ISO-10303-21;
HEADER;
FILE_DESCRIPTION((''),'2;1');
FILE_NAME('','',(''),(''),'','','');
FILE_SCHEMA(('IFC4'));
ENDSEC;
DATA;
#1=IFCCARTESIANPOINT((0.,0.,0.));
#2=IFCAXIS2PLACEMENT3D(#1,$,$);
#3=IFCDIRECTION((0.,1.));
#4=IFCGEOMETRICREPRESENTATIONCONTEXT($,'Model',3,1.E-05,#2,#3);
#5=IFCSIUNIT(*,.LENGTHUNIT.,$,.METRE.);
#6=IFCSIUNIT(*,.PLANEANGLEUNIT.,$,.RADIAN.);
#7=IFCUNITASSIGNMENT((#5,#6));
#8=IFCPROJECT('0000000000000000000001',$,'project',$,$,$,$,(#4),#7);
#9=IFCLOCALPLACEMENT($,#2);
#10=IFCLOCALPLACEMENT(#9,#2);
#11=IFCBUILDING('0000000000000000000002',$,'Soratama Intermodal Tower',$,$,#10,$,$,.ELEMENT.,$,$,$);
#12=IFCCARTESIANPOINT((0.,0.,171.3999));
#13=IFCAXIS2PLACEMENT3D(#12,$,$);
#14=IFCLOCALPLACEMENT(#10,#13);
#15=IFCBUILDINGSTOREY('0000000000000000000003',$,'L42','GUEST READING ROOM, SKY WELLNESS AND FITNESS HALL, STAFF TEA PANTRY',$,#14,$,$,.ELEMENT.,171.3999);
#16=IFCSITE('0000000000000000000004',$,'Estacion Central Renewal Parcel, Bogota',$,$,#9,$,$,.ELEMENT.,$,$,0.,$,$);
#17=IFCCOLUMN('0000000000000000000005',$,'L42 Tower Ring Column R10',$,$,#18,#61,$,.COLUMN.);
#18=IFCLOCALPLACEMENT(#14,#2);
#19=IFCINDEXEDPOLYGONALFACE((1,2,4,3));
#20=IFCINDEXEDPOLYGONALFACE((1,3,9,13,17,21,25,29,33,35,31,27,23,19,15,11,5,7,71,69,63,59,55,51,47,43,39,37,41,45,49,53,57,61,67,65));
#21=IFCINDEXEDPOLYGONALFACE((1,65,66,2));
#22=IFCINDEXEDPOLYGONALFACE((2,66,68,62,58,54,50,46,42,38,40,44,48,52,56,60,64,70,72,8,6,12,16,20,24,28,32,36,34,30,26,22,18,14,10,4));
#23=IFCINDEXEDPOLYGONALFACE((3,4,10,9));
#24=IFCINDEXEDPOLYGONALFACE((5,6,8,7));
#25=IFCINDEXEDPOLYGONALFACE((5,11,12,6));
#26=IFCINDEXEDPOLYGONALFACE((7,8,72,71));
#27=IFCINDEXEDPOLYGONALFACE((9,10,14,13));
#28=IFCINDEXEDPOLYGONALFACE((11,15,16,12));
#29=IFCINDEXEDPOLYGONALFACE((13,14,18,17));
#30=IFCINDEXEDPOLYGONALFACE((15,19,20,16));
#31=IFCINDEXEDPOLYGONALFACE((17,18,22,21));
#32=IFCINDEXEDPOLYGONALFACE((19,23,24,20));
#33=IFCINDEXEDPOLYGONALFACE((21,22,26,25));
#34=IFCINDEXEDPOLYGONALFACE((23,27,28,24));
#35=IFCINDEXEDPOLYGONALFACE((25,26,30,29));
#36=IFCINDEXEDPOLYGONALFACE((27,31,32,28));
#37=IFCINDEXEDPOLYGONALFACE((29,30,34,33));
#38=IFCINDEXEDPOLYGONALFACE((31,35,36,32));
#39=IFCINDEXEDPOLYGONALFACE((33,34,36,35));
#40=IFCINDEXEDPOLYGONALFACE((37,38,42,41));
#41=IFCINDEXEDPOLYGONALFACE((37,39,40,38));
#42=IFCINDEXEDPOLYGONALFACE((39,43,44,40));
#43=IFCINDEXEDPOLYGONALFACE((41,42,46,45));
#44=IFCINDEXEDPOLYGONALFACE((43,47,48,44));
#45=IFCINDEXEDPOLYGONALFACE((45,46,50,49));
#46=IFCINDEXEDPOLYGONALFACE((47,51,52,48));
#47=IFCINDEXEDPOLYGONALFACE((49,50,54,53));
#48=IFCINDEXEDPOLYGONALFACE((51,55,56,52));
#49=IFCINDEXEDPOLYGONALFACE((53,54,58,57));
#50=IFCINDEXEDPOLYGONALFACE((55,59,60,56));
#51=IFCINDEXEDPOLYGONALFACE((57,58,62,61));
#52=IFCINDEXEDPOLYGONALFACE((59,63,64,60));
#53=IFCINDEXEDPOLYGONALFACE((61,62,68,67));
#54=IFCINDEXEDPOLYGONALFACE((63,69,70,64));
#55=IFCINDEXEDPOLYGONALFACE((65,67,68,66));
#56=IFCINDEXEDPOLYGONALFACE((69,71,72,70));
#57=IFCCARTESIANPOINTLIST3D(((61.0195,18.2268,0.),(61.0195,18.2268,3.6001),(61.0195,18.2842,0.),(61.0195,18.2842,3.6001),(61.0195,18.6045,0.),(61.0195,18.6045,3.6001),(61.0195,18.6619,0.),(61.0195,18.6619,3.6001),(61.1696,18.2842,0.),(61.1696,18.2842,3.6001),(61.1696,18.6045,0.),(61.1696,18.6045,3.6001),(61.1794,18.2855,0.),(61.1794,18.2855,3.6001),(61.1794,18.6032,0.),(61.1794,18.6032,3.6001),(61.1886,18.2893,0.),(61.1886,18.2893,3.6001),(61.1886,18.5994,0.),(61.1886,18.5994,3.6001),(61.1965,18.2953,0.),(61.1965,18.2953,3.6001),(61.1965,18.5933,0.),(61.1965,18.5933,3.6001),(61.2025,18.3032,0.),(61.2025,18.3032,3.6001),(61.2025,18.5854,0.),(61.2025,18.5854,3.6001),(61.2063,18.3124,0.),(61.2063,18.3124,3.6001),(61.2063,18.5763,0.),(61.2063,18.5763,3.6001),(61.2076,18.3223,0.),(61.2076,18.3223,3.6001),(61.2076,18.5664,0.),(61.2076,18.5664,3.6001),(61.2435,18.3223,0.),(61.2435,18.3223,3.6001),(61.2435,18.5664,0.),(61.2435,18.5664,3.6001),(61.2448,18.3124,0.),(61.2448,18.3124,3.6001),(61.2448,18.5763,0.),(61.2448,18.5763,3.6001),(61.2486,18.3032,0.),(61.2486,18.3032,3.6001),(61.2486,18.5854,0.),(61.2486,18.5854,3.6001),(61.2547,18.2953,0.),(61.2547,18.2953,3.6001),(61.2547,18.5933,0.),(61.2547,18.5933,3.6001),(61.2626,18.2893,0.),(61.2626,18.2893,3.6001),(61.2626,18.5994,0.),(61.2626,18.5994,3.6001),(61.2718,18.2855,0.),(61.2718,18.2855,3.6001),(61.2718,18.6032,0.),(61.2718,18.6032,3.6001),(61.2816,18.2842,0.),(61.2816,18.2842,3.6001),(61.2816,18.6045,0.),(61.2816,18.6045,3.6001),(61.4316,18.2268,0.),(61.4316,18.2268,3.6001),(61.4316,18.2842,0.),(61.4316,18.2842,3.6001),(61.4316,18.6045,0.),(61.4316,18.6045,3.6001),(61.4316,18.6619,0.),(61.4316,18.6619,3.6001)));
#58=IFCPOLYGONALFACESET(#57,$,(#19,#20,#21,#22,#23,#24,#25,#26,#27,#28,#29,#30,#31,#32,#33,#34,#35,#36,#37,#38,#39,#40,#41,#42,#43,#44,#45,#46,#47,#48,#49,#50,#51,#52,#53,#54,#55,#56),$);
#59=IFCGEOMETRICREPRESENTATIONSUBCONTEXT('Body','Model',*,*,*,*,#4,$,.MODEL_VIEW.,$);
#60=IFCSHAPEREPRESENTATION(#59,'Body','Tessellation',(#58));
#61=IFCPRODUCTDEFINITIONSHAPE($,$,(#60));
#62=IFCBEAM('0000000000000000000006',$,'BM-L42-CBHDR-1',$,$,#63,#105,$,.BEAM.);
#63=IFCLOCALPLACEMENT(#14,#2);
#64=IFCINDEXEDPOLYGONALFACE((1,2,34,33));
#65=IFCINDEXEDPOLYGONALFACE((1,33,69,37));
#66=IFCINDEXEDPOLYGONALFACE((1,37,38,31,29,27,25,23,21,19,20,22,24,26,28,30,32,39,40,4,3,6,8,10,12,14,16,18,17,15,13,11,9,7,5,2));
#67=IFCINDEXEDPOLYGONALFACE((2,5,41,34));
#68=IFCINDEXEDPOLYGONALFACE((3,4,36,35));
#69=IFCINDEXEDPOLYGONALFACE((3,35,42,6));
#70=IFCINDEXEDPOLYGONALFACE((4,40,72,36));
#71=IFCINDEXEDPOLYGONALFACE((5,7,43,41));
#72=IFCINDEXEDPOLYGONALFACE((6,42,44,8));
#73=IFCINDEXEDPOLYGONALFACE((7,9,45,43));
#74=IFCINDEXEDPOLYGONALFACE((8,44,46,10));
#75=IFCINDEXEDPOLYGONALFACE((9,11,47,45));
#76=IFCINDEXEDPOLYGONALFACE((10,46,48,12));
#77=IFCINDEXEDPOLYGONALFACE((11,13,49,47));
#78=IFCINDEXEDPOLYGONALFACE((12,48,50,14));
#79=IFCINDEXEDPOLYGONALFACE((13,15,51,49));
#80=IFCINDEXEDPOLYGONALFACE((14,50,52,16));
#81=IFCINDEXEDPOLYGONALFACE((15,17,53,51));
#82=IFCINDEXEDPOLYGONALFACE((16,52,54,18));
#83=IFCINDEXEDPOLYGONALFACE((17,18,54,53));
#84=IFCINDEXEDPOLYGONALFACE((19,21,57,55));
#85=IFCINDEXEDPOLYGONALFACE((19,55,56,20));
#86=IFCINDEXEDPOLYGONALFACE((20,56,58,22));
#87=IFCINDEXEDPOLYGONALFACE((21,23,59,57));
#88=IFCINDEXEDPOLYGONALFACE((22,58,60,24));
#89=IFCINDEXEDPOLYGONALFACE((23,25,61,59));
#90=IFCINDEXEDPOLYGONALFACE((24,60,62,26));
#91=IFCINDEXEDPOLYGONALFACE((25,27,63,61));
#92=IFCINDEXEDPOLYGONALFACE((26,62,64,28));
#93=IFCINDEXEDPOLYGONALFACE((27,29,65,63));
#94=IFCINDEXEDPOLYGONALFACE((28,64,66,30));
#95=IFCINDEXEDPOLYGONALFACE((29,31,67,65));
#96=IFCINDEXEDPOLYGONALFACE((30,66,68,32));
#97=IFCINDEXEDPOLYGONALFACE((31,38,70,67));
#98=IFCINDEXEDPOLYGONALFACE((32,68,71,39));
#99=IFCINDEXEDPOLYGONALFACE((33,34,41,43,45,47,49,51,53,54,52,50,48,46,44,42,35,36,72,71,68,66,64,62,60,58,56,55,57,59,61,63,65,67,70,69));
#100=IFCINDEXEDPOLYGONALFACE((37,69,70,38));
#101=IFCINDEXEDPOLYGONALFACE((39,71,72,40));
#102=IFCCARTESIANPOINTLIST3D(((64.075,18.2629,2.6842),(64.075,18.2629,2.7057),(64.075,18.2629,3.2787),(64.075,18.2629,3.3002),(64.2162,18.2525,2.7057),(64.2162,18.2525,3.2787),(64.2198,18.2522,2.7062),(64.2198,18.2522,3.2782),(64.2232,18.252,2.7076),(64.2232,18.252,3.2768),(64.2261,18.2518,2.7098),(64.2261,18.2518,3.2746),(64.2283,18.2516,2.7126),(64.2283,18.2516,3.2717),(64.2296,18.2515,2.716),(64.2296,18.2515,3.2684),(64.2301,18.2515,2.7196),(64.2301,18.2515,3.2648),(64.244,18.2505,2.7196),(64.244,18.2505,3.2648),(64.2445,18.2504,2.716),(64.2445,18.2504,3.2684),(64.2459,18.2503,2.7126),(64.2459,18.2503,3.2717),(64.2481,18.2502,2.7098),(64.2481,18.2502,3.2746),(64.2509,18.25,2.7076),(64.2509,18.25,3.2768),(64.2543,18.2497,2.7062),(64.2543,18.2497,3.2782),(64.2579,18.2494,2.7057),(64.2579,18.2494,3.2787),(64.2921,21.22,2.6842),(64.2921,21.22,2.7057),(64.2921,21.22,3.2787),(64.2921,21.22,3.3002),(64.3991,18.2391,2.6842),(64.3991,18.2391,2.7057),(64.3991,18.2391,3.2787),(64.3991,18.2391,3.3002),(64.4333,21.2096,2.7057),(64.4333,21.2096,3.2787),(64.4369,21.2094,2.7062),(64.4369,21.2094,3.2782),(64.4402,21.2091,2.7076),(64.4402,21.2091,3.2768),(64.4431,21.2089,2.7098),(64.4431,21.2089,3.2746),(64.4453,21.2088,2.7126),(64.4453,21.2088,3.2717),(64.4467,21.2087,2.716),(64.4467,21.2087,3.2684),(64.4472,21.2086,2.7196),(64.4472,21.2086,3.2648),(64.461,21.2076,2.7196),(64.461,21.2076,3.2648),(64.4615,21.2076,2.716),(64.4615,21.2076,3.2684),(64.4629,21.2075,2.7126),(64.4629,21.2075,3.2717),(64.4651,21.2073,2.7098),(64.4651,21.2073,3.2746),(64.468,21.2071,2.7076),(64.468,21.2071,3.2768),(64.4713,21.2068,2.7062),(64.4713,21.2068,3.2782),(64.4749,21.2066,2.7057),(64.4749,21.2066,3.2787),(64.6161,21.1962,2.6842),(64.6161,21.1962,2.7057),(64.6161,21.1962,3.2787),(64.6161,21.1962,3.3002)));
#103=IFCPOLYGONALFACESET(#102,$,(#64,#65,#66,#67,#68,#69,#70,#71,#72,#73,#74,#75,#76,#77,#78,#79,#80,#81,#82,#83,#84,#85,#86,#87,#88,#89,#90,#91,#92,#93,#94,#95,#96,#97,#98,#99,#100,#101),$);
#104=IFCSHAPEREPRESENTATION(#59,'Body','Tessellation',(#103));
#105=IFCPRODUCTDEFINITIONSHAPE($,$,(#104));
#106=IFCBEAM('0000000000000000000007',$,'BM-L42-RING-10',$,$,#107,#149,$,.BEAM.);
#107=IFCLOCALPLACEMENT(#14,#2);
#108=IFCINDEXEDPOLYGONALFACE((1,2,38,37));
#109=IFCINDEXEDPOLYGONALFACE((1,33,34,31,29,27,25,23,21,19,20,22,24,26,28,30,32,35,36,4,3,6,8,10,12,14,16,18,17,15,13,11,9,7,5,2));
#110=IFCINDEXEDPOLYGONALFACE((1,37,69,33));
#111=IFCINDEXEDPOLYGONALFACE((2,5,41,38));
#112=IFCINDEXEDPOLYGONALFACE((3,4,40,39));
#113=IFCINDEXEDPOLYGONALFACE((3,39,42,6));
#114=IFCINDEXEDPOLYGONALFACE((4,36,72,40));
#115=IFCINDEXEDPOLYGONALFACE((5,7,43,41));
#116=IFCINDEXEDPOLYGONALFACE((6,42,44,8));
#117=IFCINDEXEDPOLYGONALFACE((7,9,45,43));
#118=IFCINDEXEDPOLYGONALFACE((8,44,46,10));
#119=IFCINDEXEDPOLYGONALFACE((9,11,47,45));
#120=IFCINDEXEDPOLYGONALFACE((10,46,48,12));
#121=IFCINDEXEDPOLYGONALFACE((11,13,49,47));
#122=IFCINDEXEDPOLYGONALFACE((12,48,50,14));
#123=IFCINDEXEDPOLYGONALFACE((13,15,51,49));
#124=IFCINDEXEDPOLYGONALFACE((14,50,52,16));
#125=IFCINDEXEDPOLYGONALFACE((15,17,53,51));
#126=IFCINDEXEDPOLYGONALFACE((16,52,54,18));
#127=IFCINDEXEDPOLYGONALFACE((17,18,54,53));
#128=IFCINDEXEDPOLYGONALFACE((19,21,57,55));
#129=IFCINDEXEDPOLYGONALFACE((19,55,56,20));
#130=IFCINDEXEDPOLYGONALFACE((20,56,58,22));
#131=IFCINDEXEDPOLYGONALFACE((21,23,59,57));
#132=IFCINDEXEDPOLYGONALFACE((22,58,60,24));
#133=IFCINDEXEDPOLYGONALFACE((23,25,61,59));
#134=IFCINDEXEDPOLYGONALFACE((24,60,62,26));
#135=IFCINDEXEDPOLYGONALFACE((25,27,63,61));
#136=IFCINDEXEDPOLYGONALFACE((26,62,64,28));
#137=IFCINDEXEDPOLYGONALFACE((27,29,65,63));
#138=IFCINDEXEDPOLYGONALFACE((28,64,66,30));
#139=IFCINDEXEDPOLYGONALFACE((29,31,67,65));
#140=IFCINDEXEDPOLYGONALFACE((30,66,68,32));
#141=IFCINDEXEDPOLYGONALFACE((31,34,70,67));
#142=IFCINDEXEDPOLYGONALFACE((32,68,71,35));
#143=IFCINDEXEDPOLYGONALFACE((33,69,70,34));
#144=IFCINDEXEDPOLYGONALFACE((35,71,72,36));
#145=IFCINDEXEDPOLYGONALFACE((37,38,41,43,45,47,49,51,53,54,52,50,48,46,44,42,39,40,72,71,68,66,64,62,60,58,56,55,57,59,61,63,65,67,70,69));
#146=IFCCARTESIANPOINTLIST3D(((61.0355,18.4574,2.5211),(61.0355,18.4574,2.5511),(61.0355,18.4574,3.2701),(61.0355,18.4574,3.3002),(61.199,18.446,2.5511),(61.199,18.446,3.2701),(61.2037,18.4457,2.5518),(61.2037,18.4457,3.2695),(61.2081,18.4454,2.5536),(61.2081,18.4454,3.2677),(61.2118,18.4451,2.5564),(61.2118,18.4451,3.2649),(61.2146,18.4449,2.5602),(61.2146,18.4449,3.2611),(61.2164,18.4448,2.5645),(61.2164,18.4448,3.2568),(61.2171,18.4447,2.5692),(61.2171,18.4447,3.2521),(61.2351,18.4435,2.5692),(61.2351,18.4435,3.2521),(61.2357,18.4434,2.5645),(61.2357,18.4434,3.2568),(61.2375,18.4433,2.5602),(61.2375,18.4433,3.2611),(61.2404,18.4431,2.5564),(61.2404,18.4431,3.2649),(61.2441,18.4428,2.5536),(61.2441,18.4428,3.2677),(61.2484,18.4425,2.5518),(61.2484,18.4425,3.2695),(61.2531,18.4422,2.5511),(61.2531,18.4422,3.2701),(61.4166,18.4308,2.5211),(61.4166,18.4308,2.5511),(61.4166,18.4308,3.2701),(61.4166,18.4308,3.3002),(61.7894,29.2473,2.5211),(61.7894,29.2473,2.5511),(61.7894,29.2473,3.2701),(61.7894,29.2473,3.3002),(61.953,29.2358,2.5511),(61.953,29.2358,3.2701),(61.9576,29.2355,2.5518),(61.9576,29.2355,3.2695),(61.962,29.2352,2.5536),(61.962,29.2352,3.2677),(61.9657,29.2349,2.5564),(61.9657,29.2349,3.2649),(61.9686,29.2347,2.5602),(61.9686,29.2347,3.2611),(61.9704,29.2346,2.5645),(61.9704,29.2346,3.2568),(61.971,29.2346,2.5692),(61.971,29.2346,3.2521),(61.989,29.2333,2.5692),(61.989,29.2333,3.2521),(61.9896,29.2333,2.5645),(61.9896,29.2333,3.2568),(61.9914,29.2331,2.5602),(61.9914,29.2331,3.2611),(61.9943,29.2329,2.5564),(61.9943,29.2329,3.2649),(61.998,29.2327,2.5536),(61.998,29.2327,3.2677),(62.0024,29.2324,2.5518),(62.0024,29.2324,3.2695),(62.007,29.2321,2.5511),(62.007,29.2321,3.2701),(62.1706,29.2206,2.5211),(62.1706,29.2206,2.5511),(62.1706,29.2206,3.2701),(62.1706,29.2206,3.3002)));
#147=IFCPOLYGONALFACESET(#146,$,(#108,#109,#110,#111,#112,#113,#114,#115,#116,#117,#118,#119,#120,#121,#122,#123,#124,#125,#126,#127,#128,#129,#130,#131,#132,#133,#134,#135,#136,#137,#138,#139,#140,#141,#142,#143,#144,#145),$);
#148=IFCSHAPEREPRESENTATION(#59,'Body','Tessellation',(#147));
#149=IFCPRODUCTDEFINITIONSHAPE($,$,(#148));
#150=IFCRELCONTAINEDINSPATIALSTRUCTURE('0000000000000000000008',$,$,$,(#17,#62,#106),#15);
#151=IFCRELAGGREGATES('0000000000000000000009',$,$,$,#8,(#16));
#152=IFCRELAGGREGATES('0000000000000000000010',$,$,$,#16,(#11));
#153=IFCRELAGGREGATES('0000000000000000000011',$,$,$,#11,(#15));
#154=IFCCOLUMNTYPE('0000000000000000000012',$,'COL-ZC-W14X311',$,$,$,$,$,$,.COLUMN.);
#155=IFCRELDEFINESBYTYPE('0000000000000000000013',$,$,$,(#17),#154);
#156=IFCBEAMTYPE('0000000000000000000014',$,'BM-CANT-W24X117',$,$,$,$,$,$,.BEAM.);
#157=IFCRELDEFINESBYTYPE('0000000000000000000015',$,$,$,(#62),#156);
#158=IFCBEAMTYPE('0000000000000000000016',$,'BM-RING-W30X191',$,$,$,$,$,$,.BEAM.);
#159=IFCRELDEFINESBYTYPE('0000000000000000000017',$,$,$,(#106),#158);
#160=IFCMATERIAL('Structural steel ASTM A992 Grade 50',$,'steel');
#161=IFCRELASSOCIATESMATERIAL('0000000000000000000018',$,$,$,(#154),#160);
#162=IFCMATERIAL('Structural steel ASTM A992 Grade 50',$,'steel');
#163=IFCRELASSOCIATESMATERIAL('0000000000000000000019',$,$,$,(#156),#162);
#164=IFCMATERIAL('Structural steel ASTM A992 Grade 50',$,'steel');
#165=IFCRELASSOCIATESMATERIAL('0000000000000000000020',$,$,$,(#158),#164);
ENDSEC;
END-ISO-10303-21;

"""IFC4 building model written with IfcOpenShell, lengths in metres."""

from ifc_helpers import new_model, si_unit, direction, frame, origin, origin_2d, place, context, subcontext, project, spatial, i_section, extrude, material, material_profile, profile_set, type_object, element, save


model = new_model("IFC4")

# Units and contexts
model_context = context("Model", 3, precision=1e-05, world=origin(), true_north=direction((0.0, 1.0)))
body_context = subcontext(model_context, "Body", "Model", "MODEL_VIEW")
ifc_project = project(units=[si_unit("LENGTHUNIT", "METRE"), si_unit("PLANEANGLEUNIT", "RADIAN")], contexts=[model_context])

# Site, building, storey
site_placement = place(None, origin())
site = spatial("IfcSite", under=ifc_project, at=site_placement, Name="Estacion Central Renewal Parcel, Bogota", CompositionType="ELEMENT", RefElevation=0.0)
building_placement = place(site_placement, origin())
building = spatial("IfcBuilding", under=site, at=building_placement, Name="Soratama Intermodal Tower", CompositionType="ELEMENT")
storey_placement = place(building_placement, frame((0.0, 0.0, 171.3999)))
storey = spatial("IfcBuildingStorey", under=building, at=storey_placement, Name="L42", Description="GUEST READING ROOM, SKY WELLNESS AND FITNESS HALL, STAFF TEA PANTRY", CompositionType="ELEMENT", Elevation=171.3999)

# Column
ifc_material_1 = material(Name="Structural steel ASTM A992 Grade 50", Category="steel")
ifc_material_profile_1 = material_profile(ifc_material_1, i_section(OverallWidth=0.4121, OverallDepth=0.4351, WebThickness=0.0359, FlangeThickness=0.0574, FilletRadius=0.0381, at=origin_2d()), Name="W14X311")
ifc_profile_set_1 = profile_set([ifc_material_profile_1], Name="Structural steel ASTM A992 Grade 50")
column_type = type_object("IfcColumnType", Name="COL-ZC-W14X311", PredefinedType="COLUMN", material=ifc_profile_set_1)
column_placement = place(storey_placement, frame((61.2256, 18.4443, 0.0), z_axis=(0.0, 0.0, 1.0), x_axis=(1.0, 0.0, 0.0)))
element("IfcColumn", 1, at=column_placement, inside=storey, type_object=column_type, Name="L42 Tower Ring Column R10", PredefinedType="COLUMN", context=body_context, shape_type="SweptSolid", body=[
    extrude(i_section(OverallWidth=0.4121, OverallDepth=0.4351, WebThickness=0.0359, FlangeThickness=0.0574, FilletRadius=0.0381, at=origin_2d()), origin(), (0.0, 0.0, 1.0), 3.6001),
])

# Beams
ifc_material_2 = material(Name="Structural steel ASTM A992 Grade 50", Category="steel")
ifc_material_profile_2 = material_profile(ifc_material_2, i_section(OverallWidth=0.325, OverallDepth=0.616, WebThickness=0.0139, FlangeThickness=0.0215, FilletRadius=0.0139, at=origin_2d()), Name="W24X117")
ifc_profile_set_2 = profile_set([ifc_material_profile_2], Name="Structural steel ASTM A992 Grade 50")
beam_type_1 = type_object("IfcBeamType", Name="BM-CANT-W24X117", PredefinedType="BEAM", material=ifc_profile_set_2)
beam_1_placement = place(storey_placement, frame((64.2371, 18.251, 2.9922), z_axis=(0.073201, 0.997317, 0.0), x_axis=(-0.997317, 0.073201, 0.0)))
element("IfcBeam", 2, at=beam_1_placement, inside=storey, type_object=beam_type_1, Name="BM-L42-CBHDR-1", PredefinedType="BEAM", context=body_context, shape_type="SweptSolid", body=[
    extrude(i_section(OverallWidth=0.325, OverallDepth=0.616, WebThickness=0.0139, FlangeThickness=0.0215, FilletRadius=0.0139, at=origin_2d()), origin(), (0.0, 0.0, 1.0), 2.9651),
])
ifc_material_3 = material(Name="Structural steel ASTM A992 Grade 50", Category="steel")
ifc_material_profile_3 = material_profile(ifc_material_3, i_section(OverallWidth=0.3821, OverallDepth=0.7791, WebThickness=0.0181, FlangeThickness=0.03, FilletRadius=0.0181, at=origin_2d()), Name="W30X191")
ifc_profile_set_3 = profile_set([ifc_material_profile_3], Name="Structural steel ASTM A992 Grade 50")
beam_type_2 = type_object("IfcBeamType", Name="BM-RING-W30X191", PredefinedType="BEAM", material=ifc_profile_set_3)
beam_2_placement = place(storey_placement, frame((61.2261, 18.4441, 2.9106), z_axis=(0.069702, 0.997568, 0.0), x_axis=(-0.997568, 0.069702, 0.0)))
element("IfcBeam", 3, at=beam_2_placement, inside=storey, type_object=beam_type_2, Name="BM-L42-RING-10", PredefinedType="BEAM", context=body_context, shape_type="SweptSolid", body=[
    extrude(i_section(OverallWidth=0.3821, OverallDepth=0.7791, WebThickness=0.0181, FlangeThickness=0.03, FilletRadius=0.0181, at=origin_2d()), origin(), (0.0, 0.0, 1.0), 10.8162),
])

save(model, "model.ifc")
